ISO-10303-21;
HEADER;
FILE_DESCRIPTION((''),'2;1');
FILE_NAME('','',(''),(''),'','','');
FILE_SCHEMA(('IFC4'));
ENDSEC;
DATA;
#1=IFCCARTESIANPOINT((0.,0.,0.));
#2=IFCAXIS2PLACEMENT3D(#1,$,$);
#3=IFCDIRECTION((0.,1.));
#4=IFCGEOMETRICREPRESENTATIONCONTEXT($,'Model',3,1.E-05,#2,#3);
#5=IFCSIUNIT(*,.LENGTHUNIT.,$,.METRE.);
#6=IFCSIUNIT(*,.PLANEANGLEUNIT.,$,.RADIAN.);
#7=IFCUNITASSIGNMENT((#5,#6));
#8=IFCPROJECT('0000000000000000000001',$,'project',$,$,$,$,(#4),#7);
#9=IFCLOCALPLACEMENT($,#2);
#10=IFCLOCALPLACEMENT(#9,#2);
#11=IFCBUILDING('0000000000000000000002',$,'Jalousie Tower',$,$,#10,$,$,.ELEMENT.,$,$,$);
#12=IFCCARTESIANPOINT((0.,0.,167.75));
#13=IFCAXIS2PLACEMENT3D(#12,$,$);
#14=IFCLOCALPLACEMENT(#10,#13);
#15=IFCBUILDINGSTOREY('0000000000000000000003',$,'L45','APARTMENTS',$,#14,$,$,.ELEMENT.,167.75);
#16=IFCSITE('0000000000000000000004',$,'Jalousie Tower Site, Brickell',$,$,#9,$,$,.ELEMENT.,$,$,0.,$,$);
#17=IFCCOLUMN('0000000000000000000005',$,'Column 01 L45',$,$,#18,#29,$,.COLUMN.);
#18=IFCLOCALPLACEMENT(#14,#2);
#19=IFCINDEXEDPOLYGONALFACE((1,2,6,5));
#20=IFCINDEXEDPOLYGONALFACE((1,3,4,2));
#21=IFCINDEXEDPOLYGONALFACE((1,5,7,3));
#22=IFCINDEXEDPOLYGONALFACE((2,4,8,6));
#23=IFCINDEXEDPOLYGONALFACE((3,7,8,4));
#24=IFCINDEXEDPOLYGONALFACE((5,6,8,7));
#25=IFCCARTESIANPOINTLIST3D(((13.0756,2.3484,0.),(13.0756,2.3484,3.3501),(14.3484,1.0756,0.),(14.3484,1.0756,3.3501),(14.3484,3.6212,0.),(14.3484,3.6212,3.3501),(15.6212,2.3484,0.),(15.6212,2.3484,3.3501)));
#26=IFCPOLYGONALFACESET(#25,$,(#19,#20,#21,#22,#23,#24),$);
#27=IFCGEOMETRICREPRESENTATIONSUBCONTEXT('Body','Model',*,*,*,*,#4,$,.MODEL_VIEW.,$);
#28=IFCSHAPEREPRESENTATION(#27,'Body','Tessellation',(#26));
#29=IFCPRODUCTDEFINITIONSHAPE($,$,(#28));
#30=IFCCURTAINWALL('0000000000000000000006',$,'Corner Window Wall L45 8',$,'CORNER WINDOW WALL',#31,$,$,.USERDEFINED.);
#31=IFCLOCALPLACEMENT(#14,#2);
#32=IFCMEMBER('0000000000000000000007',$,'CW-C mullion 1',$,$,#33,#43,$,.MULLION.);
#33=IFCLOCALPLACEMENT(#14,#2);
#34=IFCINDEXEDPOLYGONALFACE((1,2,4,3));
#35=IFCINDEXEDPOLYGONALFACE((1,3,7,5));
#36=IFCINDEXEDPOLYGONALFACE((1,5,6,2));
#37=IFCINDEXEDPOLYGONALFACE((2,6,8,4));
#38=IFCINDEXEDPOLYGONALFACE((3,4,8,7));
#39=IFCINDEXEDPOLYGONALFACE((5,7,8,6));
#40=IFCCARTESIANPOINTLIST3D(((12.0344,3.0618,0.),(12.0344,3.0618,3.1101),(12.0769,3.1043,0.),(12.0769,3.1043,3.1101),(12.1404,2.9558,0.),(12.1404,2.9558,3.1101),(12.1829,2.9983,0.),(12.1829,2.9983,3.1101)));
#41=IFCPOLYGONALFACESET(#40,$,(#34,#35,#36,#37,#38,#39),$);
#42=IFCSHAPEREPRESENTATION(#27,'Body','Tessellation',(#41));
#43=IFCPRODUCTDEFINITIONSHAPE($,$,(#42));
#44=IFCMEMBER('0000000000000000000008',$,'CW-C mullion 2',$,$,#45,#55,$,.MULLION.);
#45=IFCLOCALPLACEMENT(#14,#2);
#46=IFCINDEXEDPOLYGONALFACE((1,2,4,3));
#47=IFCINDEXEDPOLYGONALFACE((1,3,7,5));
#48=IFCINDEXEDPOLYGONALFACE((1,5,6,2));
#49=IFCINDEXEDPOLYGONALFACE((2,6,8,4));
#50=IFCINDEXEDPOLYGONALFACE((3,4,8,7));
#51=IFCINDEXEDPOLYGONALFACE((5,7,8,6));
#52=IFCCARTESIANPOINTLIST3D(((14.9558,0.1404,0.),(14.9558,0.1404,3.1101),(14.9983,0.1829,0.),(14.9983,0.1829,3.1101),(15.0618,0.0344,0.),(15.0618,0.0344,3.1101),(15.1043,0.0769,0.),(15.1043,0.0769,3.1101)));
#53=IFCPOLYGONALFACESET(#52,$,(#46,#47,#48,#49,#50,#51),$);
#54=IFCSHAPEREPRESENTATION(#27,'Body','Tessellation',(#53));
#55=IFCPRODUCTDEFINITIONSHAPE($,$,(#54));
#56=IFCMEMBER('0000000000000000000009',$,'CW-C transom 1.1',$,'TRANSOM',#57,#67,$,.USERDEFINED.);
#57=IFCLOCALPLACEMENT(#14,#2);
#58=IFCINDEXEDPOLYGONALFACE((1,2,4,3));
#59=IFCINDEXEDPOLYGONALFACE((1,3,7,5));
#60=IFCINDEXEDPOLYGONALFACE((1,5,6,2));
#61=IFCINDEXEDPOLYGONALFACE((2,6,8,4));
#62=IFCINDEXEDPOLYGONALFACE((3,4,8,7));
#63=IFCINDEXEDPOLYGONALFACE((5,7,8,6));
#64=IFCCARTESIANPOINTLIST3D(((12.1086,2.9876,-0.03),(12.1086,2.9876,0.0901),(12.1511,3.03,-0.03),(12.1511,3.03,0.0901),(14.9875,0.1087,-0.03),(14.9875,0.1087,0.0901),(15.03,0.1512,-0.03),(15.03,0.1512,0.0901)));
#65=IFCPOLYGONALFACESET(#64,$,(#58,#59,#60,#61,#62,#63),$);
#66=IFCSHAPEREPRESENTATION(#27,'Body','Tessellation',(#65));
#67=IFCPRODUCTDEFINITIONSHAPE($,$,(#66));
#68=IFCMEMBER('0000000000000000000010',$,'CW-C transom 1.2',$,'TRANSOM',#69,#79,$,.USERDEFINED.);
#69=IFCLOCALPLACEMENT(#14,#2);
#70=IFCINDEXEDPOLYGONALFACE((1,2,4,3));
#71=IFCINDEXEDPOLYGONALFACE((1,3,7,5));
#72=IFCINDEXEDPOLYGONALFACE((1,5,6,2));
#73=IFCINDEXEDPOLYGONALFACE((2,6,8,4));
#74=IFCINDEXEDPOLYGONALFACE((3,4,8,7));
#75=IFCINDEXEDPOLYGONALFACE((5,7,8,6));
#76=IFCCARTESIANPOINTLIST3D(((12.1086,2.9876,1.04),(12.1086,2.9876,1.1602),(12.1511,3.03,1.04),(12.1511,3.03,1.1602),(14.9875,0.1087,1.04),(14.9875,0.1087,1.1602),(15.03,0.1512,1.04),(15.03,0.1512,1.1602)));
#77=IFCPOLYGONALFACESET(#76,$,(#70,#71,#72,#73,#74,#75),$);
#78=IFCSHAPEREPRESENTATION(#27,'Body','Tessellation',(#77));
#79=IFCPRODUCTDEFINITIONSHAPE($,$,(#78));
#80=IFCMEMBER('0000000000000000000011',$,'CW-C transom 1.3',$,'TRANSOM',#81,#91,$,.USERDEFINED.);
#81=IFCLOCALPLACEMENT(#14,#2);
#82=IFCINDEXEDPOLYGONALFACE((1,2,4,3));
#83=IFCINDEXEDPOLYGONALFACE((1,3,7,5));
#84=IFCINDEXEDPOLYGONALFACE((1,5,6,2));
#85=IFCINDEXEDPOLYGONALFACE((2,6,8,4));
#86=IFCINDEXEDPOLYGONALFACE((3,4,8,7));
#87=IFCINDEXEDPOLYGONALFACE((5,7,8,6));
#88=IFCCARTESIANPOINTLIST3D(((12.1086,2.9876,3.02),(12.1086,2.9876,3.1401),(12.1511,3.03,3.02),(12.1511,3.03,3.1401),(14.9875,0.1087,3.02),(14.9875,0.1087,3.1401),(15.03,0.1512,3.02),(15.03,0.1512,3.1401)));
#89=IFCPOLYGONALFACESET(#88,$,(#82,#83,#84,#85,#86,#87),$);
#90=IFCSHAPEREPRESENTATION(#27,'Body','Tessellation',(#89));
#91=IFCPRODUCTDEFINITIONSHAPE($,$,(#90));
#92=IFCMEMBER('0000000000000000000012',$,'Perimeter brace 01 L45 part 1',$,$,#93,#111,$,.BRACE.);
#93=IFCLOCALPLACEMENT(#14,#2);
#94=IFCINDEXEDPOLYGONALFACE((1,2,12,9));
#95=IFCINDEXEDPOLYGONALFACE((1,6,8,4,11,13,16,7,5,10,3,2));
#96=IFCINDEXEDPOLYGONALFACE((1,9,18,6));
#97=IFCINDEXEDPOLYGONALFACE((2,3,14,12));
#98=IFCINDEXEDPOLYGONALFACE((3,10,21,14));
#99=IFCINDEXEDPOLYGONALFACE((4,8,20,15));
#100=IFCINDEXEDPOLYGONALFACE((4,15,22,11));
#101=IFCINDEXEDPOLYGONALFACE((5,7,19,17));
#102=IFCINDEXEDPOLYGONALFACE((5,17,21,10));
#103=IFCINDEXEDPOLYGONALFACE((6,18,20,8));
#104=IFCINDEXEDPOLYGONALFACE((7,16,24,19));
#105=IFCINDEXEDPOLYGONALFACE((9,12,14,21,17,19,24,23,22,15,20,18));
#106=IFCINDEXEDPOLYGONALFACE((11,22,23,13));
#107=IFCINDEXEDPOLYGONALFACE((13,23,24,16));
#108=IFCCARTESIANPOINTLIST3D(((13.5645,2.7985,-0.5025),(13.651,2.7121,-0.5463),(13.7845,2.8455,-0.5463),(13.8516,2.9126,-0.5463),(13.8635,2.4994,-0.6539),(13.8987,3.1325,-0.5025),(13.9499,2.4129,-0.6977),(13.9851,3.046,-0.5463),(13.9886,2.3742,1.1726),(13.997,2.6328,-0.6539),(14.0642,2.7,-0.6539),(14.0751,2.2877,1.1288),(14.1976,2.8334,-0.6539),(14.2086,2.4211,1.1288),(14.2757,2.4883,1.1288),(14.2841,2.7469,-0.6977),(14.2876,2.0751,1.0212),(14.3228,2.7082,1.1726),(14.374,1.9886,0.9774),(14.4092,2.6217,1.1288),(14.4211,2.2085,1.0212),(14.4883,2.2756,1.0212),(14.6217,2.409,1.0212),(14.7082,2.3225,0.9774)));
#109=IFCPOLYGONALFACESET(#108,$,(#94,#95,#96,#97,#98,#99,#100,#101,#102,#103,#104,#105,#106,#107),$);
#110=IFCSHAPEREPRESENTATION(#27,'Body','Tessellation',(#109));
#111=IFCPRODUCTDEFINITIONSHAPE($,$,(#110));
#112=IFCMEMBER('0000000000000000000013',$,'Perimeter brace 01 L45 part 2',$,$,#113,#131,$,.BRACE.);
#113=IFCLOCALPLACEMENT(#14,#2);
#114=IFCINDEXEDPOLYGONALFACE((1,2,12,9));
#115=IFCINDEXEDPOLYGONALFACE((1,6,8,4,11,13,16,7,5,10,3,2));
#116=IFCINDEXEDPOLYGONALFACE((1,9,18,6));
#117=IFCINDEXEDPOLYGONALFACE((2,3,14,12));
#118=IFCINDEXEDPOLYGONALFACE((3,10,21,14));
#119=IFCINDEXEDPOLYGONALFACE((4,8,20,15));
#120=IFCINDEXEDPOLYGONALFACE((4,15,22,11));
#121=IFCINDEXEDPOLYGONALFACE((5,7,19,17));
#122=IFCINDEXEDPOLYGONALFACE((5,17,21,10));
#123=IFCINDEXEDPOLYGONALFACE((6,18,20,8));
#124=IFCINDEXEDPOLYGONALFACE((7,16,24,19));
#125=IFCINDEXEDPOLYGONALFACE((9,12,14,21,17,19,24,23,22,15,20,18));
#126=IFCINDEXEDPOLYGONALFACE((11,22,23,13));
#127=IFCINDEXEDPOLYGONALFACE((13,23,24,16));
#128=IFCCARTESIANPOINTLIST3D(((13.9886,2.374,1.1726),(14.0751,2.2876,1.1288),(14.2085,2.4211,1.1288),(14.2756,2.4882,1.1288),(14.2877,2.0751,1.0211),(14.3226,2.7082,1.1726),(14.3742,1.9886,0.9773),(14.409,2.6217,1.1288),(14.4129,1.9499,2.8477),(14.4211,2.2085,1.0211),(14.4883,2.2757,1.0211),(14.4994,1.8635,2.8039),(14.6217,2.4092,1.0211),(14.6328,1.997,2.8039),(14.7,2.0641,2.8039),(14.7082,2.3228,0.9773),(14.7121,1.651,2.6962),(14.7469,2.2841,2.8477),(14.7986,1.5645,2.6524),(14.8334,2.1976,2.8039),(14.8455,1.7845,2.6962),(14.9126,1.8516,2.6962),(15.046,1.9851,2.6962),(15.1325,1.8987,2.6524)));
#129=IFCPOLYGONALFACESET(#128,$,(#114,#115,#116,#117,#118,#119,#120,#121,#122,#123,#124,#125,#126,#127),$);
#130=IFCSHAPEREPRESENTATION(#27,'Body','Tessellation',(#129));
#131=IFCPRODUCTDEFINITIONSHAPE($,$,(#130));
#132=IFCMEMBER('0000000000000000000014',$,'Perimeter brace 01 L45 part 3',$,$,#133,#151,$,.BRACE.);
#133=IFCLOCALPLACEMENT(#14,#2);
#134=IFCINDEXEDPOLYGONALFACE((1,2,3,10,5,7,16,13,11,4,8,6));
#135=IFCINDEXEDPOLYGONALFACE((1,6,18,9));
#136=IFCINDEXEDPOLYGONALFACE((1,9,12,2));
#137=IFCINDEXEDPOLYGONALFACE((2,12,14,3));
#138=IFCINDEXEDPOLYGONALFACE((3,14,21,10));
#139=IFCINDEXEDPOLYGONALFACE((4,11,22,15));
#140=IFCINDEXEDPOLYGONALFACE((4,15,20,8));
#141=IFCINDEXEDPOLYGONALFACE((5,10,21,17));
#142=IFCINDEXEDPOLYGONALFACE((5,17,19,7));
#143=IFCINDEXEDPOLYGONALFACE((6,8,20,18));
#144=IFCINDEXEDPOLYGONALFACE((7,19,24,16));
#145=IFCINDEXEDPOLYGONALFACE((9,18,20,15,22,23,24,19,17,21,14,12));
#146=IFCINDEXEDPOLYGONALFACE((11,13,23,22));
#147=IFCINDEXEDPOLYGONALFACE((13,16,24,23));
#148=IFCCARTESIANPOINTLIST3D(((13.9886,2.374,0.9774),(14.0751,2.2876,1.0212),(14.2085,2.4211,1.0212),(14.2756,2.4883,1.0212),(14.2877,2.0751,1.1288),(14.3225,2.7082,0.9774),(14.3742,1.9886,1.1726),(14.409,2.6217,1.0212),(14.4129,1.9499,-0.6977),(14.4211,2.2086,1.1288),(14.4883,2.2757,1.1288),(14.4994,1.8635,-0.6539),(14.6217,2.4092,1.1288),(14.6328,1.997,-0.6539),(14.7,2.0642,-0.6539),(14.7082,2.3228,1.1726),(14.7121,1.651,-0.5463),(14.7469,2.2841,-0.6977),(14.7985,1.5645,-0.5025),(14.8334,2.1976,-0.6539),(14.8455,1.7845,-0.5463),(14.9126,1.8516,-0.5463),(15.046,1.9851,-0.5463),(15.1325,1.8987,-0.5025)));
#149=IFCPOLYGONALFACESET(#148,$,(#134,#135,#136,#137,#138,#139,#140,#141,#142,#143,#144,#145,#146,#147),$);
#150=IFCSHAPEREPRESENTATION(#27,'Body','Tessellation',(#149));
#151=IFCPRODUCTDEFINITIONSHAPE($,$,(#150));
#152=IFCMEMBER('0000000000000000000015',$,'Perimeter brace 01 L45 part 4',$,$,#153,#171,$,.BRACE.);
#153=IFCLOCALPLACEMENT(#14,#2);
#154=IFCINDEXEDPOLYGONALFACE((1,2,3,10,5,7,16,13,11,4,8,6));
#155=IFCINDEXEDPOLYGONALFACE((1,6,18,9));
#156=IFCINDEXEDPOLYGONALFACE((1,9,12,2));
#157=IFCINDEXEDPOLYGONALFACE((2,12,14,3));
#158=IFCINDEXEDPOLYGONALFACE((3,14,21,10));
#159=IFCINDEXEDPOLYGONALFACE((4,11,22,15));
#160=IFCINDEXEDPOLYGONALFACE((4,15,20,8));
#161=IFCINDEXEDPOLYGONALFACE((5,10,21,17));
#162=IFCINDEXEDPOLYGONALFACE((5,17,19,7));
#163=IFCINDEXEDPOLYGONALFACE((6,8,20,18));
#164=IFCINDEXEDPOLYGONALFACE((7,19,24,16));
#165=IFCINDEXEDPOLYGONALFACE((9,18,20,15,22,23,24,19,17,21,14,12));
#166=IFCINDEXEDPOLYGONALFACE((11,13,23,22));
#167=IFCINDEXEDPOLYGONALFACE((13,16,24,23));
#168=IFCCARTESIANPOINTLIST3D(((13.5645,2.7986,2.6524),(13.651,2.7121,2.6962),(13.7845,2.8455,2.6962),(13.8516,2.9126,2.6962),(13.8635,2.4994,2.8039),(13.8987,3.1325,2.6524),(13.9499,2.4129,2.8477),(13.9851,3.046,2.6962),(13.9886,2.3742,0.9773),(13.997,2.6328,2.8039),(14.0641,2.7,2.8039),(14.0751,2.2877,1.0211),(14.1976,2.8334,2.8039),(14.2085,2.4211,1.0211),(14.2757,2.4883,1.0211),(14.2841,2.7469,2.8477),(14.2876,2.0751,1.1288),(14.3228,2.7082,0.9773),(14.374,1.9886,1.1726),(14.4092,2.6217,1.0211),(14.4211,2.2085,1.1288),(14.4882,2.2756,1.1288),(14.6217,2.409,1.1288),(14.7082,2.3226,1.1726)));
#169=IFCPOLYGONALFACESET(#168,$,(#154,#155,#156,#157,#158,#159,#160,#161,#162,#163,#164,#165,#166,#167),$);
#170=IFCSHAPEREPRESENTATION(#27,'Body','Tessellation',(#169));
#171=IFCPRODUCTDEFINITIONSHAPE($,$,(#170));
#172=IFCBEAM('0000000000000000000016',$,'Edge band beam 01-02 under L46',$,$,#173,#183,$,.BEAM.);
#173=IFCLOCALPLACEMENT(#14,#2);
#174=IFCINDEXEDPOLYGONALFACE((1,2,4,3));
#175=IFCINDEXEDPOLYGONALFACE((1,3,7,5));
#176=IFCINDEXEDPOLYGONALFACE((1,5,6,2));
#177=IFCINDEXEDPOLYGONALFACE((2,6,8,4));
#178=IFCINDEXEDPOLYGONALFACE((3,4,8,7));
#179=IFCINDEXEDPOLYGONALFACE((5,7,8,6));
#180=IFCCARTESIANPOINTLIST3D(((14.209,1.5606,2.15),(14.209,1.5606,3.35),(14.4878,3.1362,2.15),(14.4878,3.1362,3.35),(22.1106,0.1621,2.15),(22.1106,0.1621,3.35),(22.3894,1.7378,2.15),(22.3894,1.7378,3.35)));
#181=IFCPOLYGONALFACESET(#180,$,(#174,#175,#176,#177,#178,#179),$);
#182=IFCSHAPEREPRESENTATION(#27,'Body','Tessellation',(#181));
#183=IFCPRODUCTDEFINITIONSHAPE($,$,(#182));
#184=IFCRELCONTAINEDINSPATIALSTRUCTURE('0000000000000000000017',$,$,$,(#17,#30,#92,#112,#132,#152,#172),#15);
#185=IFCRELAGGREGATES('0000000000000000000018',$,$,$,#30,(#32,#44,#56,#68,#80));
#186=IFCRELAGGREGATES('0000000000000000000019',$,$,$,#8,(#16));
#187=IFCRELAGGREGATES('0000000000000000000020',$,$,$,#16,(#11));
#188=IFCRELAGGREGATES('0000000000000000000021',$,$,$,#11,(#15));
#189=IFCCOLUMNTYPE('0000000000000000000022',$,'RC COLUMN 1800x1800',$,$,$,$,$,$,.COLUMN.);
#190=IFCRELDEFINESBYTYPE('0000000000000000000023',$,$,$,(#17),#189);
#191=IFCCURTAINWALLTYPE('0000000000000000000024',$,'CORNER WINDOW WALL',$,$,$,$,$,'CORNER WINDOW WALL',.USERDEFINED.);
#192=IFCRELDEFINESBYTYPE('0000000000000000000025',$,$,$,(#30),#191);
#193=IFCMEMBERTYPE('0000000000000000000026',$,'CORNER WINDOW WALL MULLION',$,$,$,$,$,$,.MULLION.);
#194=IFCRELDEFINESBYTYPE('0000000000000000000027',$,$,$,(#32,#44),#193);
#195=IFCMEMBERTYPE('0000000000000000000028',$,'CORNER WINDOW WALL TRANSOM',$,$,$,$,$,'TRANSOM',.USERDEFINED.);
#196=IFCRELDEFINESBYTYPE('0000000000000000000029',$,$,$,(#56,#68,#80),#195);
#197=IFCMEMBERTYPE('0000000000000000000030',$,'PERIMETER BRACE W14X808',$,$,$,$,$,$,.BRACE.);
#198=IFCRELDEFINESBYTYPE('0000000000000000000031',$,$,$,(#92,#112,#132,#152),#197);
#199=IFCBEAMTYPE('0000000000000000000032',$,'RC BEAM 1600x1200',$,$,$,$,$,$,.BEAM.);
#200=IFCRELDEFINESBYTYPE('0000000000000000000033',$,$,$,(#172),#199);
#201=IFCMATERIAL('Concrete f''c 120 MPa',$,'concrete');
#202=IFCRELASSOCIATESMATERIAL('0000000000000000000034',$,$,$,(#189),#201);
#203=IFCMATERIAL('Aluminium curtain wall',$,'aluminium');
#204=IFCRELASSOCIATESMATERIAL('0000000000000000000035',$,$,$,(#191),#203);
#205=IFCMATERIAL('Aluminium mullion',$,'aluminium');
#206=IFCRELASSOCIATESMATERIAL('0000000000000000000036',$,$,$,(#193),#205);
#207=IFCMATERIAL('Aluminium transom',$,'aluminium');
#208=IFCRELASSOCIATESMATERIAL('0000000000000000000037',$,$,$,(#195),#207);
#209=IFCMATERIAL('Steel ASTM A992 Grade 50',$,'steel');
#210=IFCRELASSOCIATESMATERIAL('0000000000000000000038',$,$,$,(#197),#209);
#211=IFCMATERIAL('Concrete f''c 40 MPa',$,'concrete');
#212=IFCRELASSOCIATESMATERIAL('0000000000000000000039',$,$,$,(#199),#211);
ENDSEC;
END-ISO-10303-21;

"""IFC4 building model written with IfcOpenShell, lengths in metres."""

from ifc_helpers import new_model, si_unit, direction, frame, origin, origin_2d, place, context, subcontext, project, spatial, rectangle, i_section, extrude, material, material_profile, profile_set, type_object, element, aggregate, save


model = new_model("IFC4")

# Units and contexts
model_context = context("Model", 3, precision=1e-05, world=origin(), true_north=direction((0.0, 1.0)))
body_context = subcontext(model_context, "Body", "Model", "MODEL_VIEW")
ifc_project = project(units=[si_unit("LENGTHUNIT", "METRE"), si_unit("PLANEANGLEUNIT", "RADIAN")], contexts=[model_context])

# Site, building, storey
site_placement = place(None, origin())
site = spatial("IfcSite", under=ifc_project, at=site_placement, Name="Jalousie Tower Site, Brickell", CompositionType="ELEMENT", RefElevation=0.0)
building_placement = place(site_placement, origin())
building = spatial("IfcBuilding", under=site, at=building_placement, Name="Jalousie Tower", CompositionType="ELEMENT")
storey_placement = place(building_placement, frame((0.0, 0.0, 167.75)))
storey = spatial("IfcBuildingStorey", under=building, at=storey_placement, Name="L45", Description="APARTMENTS", CompositionType="ELEMENT", Elevation=167.75)

# Column
ifc_material_1 = material(Name="Concrete f'c 120 MPa", Category="concrete")
ifc_material_profile_1 = material_profile(ifc_material_1, rectangle(XDim=1.8, YDim=1.8, at=origin_2d()), Name="RC 1800x1800")
ifc_profile_set_1 = profile_set([ifc_material_profile_1], Name="Concrete f'c 120 MPa")
column_type = type_object("IfcColumnType", Name="RC COLUMN 1800x1800", PredefinedType="COLUMN", material=ifc_profile_set_1)
column_placement = place(storey_placement, frame((14.3484, 2.3484, 0.0), z_axis=(0.0, 0.0, 1.0), x_axis=(0.707107, 0.707107, 0.0)))
element("IfcColumn", 1, at=column_placement, inside=storey, type_object=column_type, Name="Column 01 L45", PredefinedType="COLUMN", context=body_context, shape_type="SweptSolid", body=[
    extrude(rectangle(XDim=1.8, YDim=1.8, at=origin_2d()), origin(), (0.0, 0.0, 1.0), 3.3501),
])

# Curtain wall, members
ifc_material_2 = material(Name="Aluminium curtain wall", Category="aluminium")
curtain_wall_type_1 = type_object("IfcCurtainWallType", Name="CORNER WINDOW WALL", ElementType="CORNER WINDOW WALL", PredefinedType="USERDEFINED", material=ifc_material_2)
curtain_wall_1_placement = place(storey_placement, origin())
curtain_wall_1 = element("IfcCurtainWall", 2, at=curtain_wall_1_placement, inside=storey, type_object=curtain_wall_type_1, Name="Corner Window Wall L45 8", ObjectType="CORNER WINDOW WALL", PredefinedType="USERDEFINED")
ifc_material_3 = material(Name="Aluminium mullion", Category="aluminium")
ifc_material_profile_2 = material_profile(ifc_material_3, rectangle(XDim=0.0601, YDim=0.1499, at=origin_2d()), Name="MULLION 60x150")
ifc_profile_set_2 = profile_set([ifc_material_profile_2], Name="Aluminium mullion")
member_type_1 = type_object("IfcMemberType", Name="CORNER WINDOW WALL MULLION", PredefinedType="MULLION", material=ifc_profile_set_2)
member_1_placement = place(storey_placement, frame((12.1086, 3.03, 0.0), z_axis=(0.0, 0.0, 1.0), x_axis=(0.707107, 0.707107, 0.0)))
member_1 = element("IfcMember", 3, at=member_1_placement, type_object=member_type_1, Name="CW-C mullion 1", PredefinedType="MULLION", context=body_context, shape_type="SweptSolid", body=[
    extrude(rectangle(XDim=0.0601, YDim=0.1499, at=origin_2d()), origin(), (0.0, 0.0, 1.0), 3.1101),
])
member_2_placement = place(storey_placement, frame((15.03, 0.1086, 0.0), z_axis=(0.0, 0.0, 1.0), x_axis=(0.707107, 0.707107, 0.0)))
member_2 = element("IfcMember", 4, at=member_2_placement, type_object=member_type_1, Name="CW-C mullion 2", PredefinedType="MULLION", context=body_context, shape_type="SweptSolid", body=[
    extrude(rectangle(XDim=0.0601, YDim=0.1499, at=origin_2d()), origin(), (0.0, 0.0, 1.0), 3.1101),
])
ifc_material_4 = material(Name="Aluminium transom", Category="aluminium")
ifc_material_profile_3 = material_profile(ifc_material_4, rectangle(XDim=0.0601, YDim=0.1201, at=origin_2d()), Name="TRANSOM 60x120")
ifc_profile_set_3 = profile_set([ifc_material_profile_3], Name="Aluminium transom")
member_type_2 = type_object("IfcMemberType", Name="CORNER WINDOW WALL TRANSOM", ElementType="TRANSOM", PredefinedType="USERDEFINED", material=ifc_profile_set_3)
member_3_placement = place(storey_placement, frame((12.1299, 3.0088, 0.03), z_axis=(0.707107, -0.707107, 0.0), x_axis=(0.707107, 0.707107, 0.0)))
member_3 = element("IfcMember", 5, at=member_3_placement, type_object=member_type_2, Name="CW-C transom 1.1", ObjectType="TRANSOM", PredefinedType="USERDEFINED", context=body_context, shape_type="SweptSolid", body=[
    extrude(rectangle(XDim=0.0601, YDim=0.1201, at=origin_2d()), origin(), (0.0, 0.0, 1.0), 4.0713),
])
member_4_placement = place(storey_placement, frame((12.1299, 3.0088, 1.1001), z_axis=(0.707107, -0.707107, 0.0), x_axis=(0.707107, 0.707107, 0.0)))
member_4 = element("IfcMember", 6, at=member_4_placement, type_object=member_type_2, Name="CW-C transom 1.2", ObjectType="TRANSOM", PredefinedType="USERDEFINED", context=body_context, shape_type="SweptSolid", body=[
    extrude(rectangle(XDim=0.0601, YDim=0.1201, at=origin_2d()), origin(), (0.0, 0.0, 1.0), 4.0713),
])
member_5_placement = place(storey_placement, frame((12.1299, 3.0088, 3.0801), z_axis=(0.707107, -0.707107, 0.0), x_axis=(0.707107, 0.707107, 0.0)))
member_5 = element("IfcMember", 7, at=member_5_placement, type_object=member_type_2, Name="CW-C transom 1.3", ObjectType="TRANSOM", PredefinedType="USERDEFINED", context=body_context, shape_type="SweptSolid", body=[
    extrude(rectangle(XDim=0.0601, YDim=0.1201, at=origin_2d()), origin(), (0.0, 0.0, 1.0), 4.0713),
])

# Members
ifc_material_5 = material(Name="Steel ASTM A992 Grade 50", Category="steel")
ifc_material_profile_4 = material_profile(ifc_material_5, i_section(OverallWidth=0.4724, OverallDepth=0.5791, WebThickness=0.095, FlangeThickness=0.1299, at=origin_2d()), Name="W14X808")
ifc_profile_set_4 = profile_set([ifc_material_profile_4], Name="Steel ASTM A992 Grade 50")
member_type_3 = type_object("IfcMemberType", Name="PERIMETER BRACE W14X808", PredefinedType="BRACE", material=ifc_profile_set_4)
for number, where, z_axis, x_axis, name in (
    (8, (13.9243, 2.7727, -0.6001), (0.238346, -0.238483, 0.941444), (0.70731, 0.706903, 0.0), "Perimeter brace 01 L45 part 1"),
    (9, (14.3484, 2.3484, 1.075), (0.238483, -0.238346, 0.941444), (0.706903, 0.70731, 0.0), "Perimeter brace 01 L45 part 2"),
    (10, (14.7727, 1.9243, -0.6001), (-0.238483, 0.238346, 0.941444), (-0.706903, -0.70731, 0.0), "Perimeter brace 01 L45 part 3"),
    (11, (14.3484, 2.3484, 1.075), (-0.238346, 0.238483, 0.941444), (-0.70731, -0.706903, 0.0), "Perimeter brace 01 L45 part 4"),
):
    element("IfcMember", number, at=place(storey_placement, frame(where, z_axis=z_axis, x_axis=x_axis)), inside=storey, type_object=member_type_3, Name=name, PredefinedType="BRACE", context=body_context, shape_type="SweptSolid", body=[
        extrude(i_section(OverallWidth=0.4724, OverallDepth=0.5791, WebThickness=0.095, FlangeThickness=0.1299, at=origin_2d()), origin(), (0.0, 0.0, 1.0), 1.7793),
    ])

# Beam
ifc_material_6 = material(Name="Concrete f'c 40 MPa", Category="concrete")
ifc_material_profile_5 = material_profile(ifc_material_6, rectangle(XDim=1.6001, YDim=1.2, at=origin_2d()), Name="RC 1600x1200")
ifc_profile_set_5 = profile_set([ifc_material_profile_5], Name="Concrete f'c 40 MPa")
beam_type = type_object("IfcBeamType", Name="RC BEAM 1600x1200", PredefinedType="BEAM", material=ifc_profile_set_5)
beam_placement = place(storey_placement, frame((14.3484, 2.3484, 2.75), z_axis=(0.984697, -0.174273, 0.0), x_axis=(0.174273, 0.984697, 0.0)))
element("IfcBeam", 12, at=beam_placement, inside=storey, type_object=beam_type, Name="Edge band beam 01-02 under L46", PredefinedType="BEAM", context=body_context, shape_type="SweptSolid", body=[
    extrude(rectangle(XDim=1.6001, YDim=1.2, at=origin_2d()), origin(), (0.0, 0.0, 1.0), 8.0244),
])

aggregate(curtain_wall_1, [member_1, member_2, member_3, member_4, member_5])

save(model, "model.ifc")
